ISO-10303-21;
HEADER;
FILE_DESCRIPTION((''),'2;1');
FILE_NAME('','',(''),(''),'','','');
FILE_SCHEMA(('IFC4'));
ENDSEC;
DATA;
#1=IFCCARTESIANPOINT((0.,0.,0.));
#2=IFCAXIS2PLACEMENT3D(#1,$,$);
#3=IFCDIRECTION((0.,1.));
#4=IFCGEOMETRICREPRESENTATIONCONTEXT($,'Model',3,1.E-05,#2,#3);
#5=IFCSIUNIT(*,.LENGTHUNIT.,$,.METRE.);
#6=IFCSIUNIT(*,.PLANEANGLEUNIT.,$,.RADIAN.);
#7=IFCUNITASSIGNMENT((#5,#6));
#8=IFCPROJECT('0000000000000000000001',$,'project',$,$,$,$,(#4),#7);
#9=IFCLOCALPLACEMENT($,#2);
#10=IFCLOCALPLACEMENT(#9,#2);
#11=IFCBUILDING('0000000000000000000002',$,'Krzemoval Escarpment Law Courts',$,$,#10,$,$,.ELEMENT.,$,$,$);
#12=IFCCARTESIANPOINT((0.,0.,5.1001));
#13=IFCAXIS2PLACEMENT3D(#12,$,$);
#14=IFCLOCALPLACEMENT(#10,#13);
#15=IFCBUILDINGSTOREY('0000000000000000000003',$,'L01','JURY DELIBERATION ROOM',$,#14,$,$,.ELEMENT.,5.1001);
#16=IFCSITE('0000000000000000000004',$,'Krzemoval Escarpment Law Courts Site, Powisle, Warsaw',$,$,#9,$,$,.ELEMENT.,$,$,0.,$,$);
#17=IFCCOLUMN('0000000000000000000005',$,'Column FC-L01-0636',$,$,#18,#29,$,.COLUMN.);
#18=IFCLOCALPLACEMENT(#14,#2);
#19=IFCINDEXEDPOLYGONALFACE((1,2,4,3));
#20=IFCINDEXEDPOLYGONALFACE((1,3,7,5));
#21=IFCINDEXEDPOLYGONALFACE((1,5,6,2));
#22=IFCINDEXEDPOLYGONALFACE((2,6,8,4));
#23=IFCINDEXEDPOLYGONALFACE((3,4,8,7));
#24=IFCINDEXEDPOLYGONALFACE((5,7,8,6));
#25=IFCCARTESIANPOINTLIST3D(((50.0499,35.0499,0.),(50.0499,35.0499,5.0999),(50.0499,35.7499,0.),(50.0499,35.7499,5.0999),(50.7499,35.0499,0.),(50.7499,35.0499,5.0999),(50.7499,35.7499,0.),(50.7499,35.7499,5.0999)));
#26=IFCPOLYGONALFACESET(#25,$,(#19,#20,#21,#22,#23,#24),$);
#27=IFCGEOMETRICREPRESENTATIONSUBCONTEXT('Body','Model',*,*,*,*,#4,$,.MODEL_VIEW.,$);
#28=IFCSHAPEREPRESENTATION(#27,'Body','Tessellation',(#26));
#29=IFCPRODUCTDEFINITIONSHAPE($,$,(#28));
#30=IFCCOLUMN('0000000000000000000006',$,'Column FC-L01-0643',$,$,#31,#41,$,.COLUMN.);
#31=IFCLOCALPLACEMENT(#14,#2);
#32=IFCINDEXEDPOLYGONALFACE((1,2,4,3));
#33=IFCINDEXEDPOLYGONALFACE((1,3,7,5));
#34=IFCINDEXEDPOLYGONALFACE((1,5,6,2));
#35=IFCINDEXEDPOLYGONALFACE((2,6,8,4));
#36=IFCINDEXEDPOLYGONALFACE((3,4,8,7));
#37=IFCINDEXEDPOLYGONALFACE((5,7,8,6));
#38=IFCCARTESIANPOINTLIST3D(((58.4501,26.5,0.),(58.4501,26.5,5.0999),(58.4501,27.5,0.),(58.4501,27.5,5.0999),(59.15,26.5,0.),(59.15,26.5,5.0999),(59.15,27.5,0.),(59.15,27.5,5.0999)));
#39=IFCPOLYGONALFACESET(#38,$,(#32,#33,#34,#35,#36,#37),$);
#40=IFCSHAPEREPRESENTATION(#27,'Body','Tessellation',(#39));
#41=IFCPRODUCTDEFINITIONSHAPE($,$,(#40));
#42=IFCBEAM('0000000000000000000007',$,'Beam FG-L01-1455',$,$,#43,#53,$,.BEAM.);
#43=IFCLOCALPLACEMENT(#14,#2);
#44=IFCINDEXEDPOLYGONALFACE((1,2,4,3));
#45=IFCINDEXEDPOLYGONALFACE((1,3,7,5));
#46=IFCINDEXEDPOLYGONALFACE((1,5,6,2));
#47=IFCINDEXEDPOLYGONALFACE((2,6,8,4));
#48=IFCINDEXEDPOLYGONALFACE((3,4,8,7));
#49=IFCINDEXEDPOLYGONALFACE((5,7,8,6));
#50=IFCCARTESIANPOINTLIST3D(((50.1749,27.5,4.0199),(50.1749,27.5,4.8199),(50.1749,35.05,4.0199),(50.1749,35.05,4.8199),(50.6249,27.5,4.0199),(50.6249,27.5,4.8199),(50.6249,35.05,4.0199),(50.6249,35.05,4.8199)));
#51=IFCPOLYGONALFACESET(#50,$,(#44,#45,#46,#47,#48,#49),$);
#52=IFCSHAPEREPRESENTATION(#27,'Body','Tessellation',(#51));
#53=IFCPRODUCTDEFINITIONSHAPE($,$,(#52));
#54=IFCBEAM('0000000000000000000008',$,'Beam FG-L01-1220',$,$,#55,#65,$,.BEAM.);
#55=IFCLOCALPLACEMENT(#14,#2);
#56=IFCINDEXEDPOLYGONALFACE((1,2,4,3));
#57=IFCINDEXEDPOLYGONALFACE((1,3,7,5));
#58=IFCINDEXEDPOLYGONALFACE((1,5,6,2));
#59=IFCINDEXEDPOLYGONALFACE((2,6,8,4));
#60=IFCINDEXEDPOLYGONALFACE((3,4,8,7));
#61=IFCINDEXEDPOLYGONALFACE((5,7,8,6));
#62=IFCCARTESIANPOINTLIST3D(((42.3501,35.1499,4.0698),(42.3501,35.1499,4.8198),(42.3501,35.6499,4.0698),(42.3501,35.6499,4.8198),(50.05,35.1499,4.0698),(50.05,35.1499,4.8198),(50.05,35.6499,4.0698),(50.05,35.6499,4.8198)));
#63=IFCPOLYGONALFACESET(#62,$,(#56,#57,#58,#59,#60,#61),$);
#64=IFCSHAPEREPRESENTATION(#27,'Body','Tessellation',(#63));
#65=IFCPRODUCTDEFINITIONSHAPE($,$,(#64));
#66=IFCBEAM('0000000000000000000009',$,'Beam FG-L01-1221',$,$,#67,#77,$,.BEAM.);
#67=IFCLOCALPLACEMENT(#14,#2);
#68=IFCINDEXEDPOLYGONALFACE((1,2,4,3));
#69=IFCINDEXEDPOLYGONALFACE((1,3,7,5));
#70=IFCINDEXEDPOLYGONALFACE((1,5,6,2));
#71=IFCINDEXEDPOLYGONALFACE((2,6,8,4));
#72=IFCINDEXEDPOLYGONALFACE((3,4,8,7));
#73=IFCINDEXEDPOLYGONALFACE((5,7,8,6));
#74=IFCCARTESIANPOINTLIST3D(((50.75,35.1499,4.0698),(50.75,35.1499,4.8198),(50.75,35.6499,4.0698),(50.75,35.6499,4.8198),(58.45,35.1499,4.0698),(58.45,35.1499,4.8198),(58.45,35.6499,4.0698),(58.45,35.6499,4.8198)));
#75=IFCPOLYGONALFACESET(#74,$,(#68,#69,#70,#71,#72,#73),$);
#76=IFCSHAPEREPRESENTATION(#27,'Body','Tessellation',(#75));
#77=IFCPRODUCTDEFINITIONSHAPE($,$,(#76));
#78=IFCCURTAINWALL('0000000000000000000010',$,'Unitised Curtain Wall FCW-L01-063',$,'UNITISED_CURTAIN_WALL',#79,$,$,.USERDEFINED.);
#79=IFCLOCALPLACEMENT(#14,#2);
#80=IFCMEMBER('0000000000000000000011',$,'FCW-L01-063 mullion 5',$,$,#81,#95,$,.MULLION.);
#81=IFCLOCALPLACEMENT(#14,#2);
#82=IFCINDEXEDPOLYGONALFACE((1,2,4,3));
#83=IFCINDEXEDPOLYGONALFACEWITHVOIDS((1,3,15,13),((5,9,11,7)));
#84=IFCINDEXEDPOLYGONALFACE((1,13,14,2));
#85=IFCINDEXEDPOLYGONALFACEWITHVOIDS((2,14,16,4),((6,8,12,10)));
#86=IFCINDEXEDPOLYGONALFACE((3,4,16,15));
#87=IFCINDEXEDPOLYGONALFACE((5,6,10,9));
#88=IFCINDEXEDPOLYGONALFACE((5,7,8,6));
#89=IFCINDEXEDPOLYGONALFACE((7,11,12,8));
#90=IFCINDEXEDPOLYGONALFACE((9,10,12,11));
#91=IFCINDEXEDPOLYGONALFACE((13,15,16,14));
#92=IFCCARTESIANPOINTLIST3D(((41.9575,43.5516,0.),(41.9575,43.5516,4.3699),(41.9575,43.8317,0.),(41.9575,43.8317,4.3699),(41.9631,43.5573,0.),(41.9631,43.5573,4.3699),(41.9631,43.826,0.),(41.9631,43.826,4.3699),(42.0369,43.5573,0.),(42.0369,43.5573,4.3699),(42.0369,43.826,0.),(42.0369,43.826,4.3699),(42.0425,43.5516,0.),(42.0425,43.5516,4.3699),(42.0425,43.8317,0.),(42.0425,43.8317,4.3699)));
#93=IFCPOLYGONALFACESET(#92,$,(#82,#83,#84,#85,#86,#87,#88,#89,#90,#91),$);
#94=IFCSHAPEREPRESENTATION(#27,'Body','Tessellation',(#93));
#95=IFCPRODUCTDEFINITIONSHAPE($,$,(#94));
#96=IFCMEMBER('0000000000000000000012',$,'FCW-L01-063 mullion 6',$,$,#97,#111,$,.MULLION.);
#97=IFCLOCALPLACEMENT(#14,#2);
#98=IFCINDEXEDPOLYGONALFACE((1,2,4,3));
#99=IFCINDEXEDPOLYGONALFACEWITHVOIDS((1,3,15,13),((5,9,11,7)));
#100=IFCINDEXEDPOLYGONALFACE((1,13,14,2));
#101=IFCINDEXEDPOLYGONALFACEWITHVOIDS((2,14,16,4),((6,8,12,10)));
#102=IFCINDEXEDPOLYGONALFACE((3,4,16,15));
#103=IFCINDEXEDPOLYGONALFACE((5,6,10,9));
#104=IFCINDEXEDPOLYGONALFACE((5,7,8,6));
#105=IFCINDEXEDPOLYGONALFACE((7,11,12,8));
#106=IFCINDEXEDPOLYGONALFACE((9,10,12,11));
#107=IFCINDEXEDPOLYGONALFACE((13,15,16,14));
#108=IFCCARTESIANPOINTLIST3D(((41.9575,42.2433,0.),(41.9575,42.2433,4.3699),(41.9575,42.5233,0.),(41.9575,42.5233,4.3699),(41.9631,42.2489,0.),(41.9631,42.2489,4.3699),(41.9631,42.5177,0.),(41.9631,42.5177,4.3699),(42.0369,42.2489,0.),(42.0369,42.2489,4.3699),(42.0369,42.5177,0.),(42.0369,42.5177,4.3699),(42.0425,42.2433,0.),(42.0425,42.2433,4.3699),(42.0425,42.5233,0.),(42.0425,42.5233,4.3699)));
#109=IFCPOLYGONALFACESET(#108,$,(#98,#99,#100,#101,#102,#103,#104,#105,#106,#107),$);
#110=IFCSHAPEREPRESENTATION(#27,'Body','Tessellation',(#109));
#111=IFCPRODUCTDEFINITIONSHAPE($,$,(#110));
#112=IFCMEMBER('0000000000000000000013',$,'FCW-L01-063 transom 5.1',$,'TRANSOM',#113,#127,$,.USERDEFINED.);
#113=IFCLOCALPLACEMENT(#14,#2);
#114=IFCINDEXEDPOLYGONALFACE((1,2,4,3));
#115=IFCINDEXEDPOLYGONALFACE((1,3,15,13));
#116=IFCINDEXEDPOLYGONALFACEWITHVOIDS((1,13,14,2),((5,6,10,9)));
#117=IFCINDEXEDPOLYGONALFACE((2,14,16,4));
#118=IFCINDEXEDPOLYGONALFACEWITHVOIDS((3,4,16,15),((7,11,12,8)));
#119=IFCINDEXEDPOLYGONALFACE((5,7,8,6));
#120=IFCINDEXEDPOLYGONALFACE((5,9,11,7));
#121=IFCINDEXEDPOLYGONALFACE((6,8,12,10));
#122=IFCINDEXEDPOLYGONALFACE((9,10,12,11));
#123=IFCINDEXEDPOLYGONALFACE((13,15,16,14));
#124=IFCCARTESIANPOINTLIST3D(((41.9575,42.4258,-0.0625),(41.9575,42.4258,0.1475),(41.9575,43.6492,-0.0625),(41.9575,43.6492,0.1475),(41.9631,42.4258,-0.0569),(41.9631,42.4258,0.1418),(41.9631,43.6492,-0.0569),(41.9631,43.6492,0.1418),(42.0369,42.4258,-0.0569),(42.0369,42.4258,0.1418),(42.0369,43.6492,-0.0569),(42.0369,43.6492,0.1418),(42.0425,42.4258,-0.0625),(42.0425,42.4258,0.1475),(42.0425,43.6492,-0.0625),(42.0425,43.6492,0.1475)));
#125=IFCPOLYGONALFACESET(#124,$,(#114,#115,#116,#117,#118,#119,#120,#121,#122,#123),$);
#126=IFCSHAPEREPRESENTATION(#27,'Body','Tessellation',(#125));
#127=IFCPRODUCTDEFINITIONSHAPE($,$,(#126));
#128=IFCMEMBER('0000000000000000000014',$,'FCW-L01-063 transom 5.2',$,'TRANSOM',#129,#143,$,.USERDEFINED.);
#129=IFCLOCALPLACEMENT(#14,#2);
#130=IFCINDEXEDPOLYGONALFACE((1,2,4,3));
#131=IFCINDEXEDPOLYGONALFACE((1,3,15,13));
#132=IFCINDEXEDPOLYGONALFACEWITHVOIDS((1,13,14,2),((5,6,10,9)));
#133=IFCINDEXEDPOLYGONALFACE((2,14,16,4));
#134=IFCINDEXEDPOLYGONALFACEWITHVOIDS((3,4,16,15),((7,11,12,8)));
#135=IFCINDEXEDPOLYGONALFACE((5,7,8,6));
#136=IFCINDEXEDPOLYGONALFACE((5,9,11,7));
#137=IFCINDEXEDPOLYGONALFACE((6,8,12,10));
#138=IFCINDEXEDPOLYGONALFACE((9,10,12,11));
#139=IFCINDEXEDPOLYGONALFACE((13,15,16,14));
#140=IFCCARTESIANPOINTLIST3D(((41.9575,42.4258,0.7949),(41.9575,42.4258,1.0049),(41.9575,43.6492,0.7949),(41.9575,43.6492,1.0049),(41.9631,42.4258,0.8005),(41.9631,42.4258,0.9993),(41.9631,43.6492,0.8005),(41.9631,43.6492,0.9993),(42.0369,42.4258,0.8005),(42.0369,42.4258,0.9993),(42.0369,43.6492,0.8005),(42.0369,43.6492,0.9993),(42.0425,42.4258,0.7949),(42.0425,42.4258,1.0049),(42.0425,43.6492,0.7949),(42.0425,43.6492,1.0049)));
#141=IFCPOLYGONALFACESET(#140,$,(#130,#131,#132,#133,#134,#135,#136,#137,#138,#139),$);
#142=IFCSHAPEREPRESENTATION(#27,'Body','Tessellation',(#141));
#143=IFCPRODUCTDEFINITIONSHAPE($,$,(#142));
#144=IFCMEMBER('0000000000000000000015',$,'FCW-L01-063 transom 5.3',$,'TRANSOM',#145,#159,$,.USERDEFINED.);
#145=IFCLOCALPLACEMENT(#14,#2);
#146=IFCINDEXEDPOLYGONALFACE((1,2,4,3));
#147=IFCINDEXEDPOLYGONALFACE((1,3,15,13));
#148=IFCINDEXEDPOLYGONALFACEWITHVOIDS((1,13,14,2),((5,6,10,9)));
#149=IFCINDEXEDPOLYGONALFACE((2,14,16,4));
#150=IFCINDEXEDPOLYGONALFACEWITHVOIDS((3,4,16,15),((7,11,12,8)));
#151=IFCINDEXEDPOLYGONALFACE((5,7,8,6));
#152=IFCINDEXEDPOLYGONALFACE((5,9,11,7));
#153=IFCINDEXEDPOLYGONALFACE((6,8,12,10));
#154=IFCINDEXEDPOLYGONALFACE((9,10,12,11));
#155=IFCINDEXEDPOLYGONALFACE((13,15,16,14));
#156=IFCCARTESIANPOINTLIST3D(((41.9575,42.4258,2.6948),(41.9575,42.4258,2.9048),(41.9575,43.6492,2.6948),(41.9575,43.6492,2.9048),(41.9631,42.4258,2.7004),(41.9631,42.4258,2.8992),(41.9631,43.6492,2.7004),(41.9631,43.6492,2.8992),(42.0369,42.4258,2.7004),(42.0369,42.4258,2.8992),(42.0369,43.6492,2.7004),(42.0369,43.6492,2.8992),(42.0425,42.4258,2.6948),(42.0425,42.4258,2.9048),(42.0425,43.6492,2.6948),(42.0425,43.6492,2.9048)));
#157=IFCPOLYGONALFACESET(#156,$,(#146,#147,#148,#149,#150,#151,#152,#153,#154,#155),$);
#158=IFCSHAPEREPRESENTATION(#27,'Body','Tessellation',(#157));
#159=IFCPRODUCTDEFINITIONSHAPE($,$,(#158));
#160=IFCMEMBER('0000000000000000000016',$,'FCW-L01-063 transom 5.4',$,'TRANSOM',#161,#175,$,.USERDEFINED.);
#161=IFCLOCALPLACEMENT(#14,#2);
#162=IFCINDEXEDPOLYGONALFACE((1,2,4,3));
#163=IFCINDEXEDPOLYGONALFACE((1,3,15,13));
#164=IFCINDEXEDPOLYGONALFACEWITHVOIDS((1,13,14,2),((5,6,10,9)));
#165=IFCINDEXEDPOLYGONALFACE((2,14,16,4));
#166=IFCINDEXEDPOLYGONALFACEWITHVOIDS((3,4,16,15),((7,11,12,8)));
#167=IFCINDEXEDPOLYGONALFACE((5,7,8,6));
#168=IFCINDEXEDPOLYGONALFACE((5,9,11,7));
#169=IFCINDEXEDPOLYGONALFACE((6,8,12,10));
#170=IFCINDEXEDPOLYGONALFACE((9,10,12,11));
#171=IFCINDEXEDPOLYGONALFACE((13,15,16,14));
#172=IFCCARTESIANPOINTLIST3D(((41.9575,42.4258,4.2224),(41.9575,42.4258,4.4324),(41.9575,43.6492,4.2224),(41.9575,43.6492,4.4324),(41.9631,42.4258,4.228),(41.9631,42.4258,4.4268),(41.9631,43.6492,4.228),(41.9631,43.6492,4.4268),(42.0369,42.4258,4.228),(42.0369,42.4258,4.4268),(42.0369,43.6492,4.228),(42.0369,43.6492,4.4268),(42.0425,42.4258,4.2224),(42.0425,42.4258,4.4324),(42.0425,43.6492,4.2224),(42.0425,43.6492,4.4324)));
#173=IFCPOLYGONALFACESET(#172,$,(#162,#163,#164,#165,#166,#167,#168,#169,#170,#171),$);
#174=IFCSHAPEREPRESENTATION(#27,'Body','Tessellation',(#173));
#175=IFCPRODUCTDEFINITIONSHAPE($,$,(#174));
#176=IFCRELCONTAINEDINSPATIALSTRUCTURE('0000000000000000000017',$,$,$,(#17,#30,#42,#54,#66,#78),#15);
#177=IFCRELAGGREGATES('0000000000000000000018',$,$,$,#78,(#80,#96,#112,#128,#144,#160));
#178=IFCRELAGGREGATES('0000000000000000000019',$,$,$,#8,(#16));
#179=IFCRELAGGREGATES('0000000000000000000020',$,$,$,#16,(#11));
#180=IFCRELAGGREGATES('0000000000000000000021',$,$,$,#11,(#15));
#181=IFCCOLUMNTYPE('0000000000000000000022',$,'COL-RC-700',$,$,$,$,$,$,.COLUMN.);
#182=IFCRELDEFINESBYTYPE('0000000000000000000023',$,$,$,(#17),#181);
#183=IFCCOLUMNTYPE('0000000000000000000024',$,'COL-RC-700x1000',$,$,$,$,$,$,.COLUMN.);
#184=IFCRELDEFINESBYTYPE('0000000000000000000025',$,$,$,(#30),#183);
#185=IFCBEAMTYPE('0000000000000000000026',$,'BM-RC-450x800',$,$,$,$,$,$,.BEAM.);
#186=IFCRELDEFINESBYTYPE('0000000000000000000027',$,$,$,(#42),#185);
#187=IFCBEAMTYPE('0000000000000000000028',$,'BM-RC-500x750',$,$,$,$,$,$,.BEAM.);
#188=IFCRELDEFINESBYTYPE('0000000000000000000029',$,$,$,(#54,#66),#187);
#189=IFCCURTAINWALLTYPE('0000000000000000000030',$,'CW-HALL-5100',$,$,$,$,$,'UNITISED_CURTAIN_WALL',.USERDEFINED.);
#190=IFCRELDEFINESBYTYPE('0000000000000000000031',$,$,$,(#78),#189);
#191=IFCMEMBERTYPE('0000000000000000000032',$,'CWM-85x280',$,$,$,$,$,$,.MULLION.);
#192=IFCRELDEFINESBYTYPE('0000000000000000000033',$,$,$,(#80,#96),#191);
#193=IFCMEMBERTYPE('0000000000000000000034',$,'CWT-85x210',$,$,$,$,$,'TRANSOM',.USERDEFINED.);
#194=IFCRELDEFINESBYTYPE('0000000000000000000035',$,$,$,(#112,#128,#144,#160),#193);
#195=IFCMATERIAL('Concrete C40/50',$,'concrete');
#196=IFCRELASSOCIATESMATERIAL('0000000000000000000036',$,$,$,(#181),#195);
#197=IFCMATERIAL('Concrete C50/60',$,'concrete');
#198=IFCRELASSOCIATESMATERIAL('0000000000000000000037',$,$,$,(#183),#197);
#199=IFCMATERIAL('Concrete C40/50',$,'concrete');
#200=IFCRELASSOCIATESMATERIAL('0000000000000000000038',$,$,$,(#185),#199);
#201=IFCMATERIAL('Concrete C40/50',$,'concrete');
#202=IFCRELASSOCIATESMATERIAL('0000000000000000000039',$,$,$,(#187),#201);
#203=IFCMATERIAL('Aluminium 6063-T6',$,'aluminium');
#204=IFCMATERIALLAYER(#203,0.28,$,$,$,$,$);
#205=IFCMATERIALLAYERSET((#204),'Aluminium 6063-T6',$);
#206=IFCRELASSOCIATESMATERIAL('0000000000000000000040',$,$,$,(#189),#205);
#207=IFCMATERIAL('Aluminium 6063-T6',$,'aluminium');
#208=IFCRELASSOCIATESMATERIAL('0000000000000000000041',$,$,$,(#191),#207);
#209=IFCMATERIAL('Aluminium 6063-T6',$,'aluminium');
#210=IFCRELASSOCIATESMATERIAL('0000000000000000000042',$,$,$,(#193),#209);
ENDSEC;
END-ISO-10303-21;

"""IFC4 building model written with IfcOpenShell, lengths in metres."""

from ifc_helpers import new_model, si_unit, direction, frame, origin, origin_2d, place, context, subcontext, project, spatial, rectangle, hollow_rectangle, extrude, material, layer, layer_set, material_profile, profile_set, type_object, element, aggregate, save


model = new_model("IFC4")

# Units and contexts
model_context = context("Model", 3, precision=1e-05, world=origin(), true_north=direction((0.0, 1.0)))
body_context = subcontext(model_context, "Body", "Model", "MODEL_VIEW")
ifc_project = project(units=[si_unit("LENGTHUNIT", "METRE"), si_unit("PLANEANGLEUNIT", "RADIAN")], contexts=[model_context])

# Site, building, storey
site_placement = place(None, origin())
site = spatial("IfcSite", under=ifc_project, at=site_placement, Name="Krzemoval Escarpment Law Courts Site, Powisle, Warsaw", CompositionType="ELEMENT", RefElevation=0.0)
building_placement = place(site_placement, origin())
building = spatial("IfcBuilding", under=site, at=building_placement, Name="Krzemoval Escarpment Law Courts", CompositionType="ELEMENT")
storey_placement = place(building_placement, frame((0.0, 0.0, 5.1001)))
storey = spatial("IfcBuildingStorey", under=building, at=storey_placement, Name="L01", Description="JURY DELIBERATION ROOM", CompositionType="ELEMENT", Elevation=5.1001)

# Columns
ifc_material_1 = material(Name="Concrete C40/50", Category="concrete")
ifc_material_profile_1 = material_profile(ifc_material_1, rectangle(XDim=0.7, YDim=0.7, at=origin_2d()), Name="RC 700x700")
ifc_profile_set_1 = profile_set([ifc_material_profile_1], Name="Concrete C40/50")
column_type_1 = type_object("IfcColumnType", Name="COL-RC-700", PredefinedType="COLUMN", material=ifc_profile_set_1)
column_1_placement = place(storey_placement, frame((50.3999, 35.3999, 0.0), z_axis=(0.0, 0.0, 1.0), x_axis=(1.0, 0.0, 0.0)))
element("IfcColumn", 1, at=column_1_placement, inside=storey, type_object=column_type_1, Name="Column FC-L01-0636", PredefinedType="COLUMN", context=body_context, shape_type="SweptSolid", body=[
    extrude(rectangle(XDim=0.7, YDim=0.7, at=origin_2d()), origin(), (0.0, 0.0, 1.0), 5.0999),
])
ifc_material_2 = material(Name="Concrete C50/60", Category="concrete")
ifc_material_profile_2 = material_profile(ifc_material_2, rectangle(XDim=0.7, YDim=1.0, at=origin_2d()), Name="RC 700x1000")
ifc_profile_set_2 = profile_set([ifc_material_profile_2], Name="Concrete C50/60")
column_type_2 = type_object("IfcColumnType", Name="COL-RC-700x1000", PredefinedType="COLUMN", material=ifc_profile_set_2)
column_2_placement = place(storey_placement, frame((58.8, 27.0, 0.0), z_axis=(0.0, 0.0, 1.0), x_axis=(1.0, 0.0, 0.0)))
element("IfcColumn", 2, at=column_2_placement, inside=storey, type_object=column_type_2, Name="Column FC-L01-0643", PredefinedType="COLUMN", context=body_context, shape_type="SweptSolid", body=[
    extrude(rectangle(XDim=0.7, YDim=1.0, at=origin_2d()), origin(), (0.0, 0.0, 1.0), 5.0999),
])

# Beams
ifc_material_3 = material(Name="Concrete C40/50", Category="concrete")
ifc_material_profile_3 = material_profile(ifc_material_3, rectangle(XDim=0.45, YDim=0.8, at=origin_2d()), Name="RCB 450x800")
ifc_profile_set_3 = profile_set([ifc_material_profile_3], Name="Concrete C40/50")
beam_type_1 = type_object("IfcBeamType", Name="BM-RC-450x800", PredefinedType="BEAM", material=ifc_profile_set_3)
beam_placement = place(storey_placement, frame((50.3999, 27.5, 4.4199), z_axis=(0.0, 1.0, 0.0), x_axis=(-1.0, 0.0, 0.0)))
element("IfcBeam", 3, at=beam_placement, inside=storey, type_object=beam_type_1, Name="Beam FG-L01-1455", PredefinedType="BEAM", context=body_context, shape_type="SweptSolid", body=[
    extrude(rectangle(XDim=0.45, YDim=0.8, at=origin_2d()), origin(), (0.0, 0.0, 1.0), 7.55),
])
ifc_material_4 = material(Name="Concrete C40/50", Category="concrete")
ifc_material_profile_4 = material_profile(ifc_material_4, rectangle(XDim=0.5, YDim=0.75, at=origin_2d()), Name="RCB 500x750")
ifc_profile_set_4 = profile_set([ifc_material_profile_4], Name="Concrete C40/50")
beam_type_2 = type_object("IfcBeamType", Name="BM-RC-500x750", PredefinedType="BEAM", material=ifc_profile_set_4)
for number, where, z_axis, x_axis, name in (
    (4, (42.3501, 35.3999, 4.4448), (1.0, 0.0, 0.0), (0.0, 1.0, 0.0), "Beam FG-L01-1220"),
    (5, (50.75, 35.3999, 4.4448), (1.0, 0.0, 0.0), (0.0, 1.0, 0.0), "Beam FG-L01-1221"),
):
    element("IfcBeam", number, at=place(storey_placement, frame(where, z_axis=z_axis, x_axis=x_axis)), inside=storey, type_object=beam_type_2, Name=name, PredefinedType="BEAM", context=body_context, shape_type="SweptSolid", body=[
        extrude(rectangle(XDim=0.5, YDim=0.75, at=origin_2d()), origin(), (0.0, 0.0, 1.0), 7.7),
    ])

# Curtain wall, members
ifc_material_5 = material(Name="Aluminium 6063-T6", Category="aluminium")
ifc_layer_1 = layer(ifc_material_5, 0.28)
ifc_layer_set_1 = layer_set([ifc_layer_1], Name="Aluminium 6063-T6")
curtain_wall_type = type_object("IfcCurtainWallType", Name="CW-HALL-5100", ElementType="UNITISED_CURTAIN_WALL", PredefinedType="USERDEFINED", material=ifc_layer_set_1)
curtain_wall_placement = place(storey_placement, origin())
curtain_wall = element("IfcCurtainWall", 6, at=curtain_wall_placement, inside=storey, type_object=curtain_wall_type, Name="Unitised Curtain Wall FCW-L01-063", ObjectType="UNITISED_CURTAIN_WALL", PredefinedType="USERDEFINED")
ifc_material_6 = material(Name="Aluminium 6063-T6", Category="aluminium")
ifc_material_profile_5 = material_profile(ifc_material_6, hollow_rectangle(XDim=0.085, YDim=0.28, WallThickness=0.0056, at=origin_2d()), Name="ALU M85x280")
ifc_profile_set_5 = profile_set([ifc_material_profile_5], Name="Aluminium 6063-T6")
member_type_1 = type_object("IfcMemberType", Name="CWM-85x280", PredefinedType="MULLION", material=ifc_profile_set_5)
member_1_placement = place(storey_placement, frame((42.0, 43.6917, 0.0), z_axis=(0.0, 0.0, 1.0), x_axis=(1.0, 0.0, 0.0)))
member_1 = element("IfcMember", 7, at=member_1_placement, type_object=member_type_1, Name="FCW-L01-063 mullion 5", PredefinedType="MULLION", context=body_context, shape_type="SweptSolid", body=[
    extrude(hollow_rectangle(XDim=0.085, YDim=0.28, WallThickness=0.0056, at=origin_2d()), origin(), (0.0, 0.0, 1.0), 4.3699),
])
member_2_placement = place(storey_placement, frame((42.0, 42.3833, 0.0), z_axis=(0.0, 0.0, 1.0), x_axis=(1.0, 0.0, 0.0)))
member_2 = element("IfcMember", 8, at=member_2_placement, type_object=member_type_1, Name="FCW-L01-063 mullion 6", PredefinedType="MULLION", context=body_context, shape_type="SweptSolid", body=[
    extrude(hollow_rectangle(XDim=0.085, YDim=0.28, WallThickness=0.0056, at=origin_2d()), origin(), (0.0, 0.0, 1.0), 4.3699),
])
ifc_material_7 = material(Name="Aluminium 6063-T6", Category="aluminium")
ifc_material_profile_6 = material_profile(ifc_material_7, hollow_rectangle(XDim=0.085, YDim=0.21, WallThickness=0.0056, at=origin_2d()), Name="ALU T85x210")
ifc_profile_set_6 = profile_set([ifc_material_profile_6], Name="Aluminium 6063-T6")
member_type_2 = type_object("IfcMemberType", Name="CWT-85x210", ElementType="TRANSOM", PredefinedType="USERDEFINED", material=ifc_profile_set_6)
member_3_placement = place(storey_placement, frame((42.0, 43.6492, 0.0425), z_axis=(0.0, -1.0, 0.0), x_axis=(1.0, 0.0, 0.0)))
member_3 = element("IfcMember", 9, at=member_3_placement, type_object=member_type_2, Name="FCW-L01-063 transom 5.1", ObjectType="TRANSOM", PredefinedType="USERDEFINED", context=body_context, shape_type="SweptSolid", body=[
    extrude(hollow_rectangle(XDim=0.085, YDim=0.21, WallThickness=0.0056, at=origin_2d()), origin(), (0.0, 0.0, 1.0), 1.2234),
])
member_4_placement = place(storey_placement, frame((42.0, 43.6492, 0.8999), z_axis=(0.0, -1.0, 0.0), x_axis=(1.0, 0.0, 0.0)))
member_4 = element("IfcMember", 10, at=member_4_placement, type_object=member_type_2, Name="FCW-L01-063 transom 5.2", ObjectType="TRANSOM", PredefinedType="USERDEFINED", context=body_context, shape_type="SweptSolid", body=[
    extrude(hollow_rectangle(XDim=0.085, YDim=0.21, WallThickness=0.0056, at=origin_2d()), origin(), (0.0, 0.0, 1.0), 1.2234),
])
member_5_placement = place(storey_placement, frame((42.0, 43.6492, 2.7998), z_axis=(0.0, -1.0, 0.0), x_axis=(1.0, 0.0, 0.0)))
member_5 = element("IfcMember", 11, at=member_5_placement, type_object=member_type_2, Name="FCW-L01-063 transom 5.3", ObjectType="TRANSOM", PredefinedType="USERDEFINED", context=body_context, shape_type="SweptSolid", body=[
    extrude(hollow_rectangle(XDim=0.085, YDim=0.21, WallThickness=0.0056, at=origin_2d()), origin(), (0.0, 0.0, 1.0), 1.2234),
])
member_6_placement = place(storey_placement, frame((42.0, 43.6492, 4.3274), z_axis=(0.0, -1.0, 0.0), x_axis=(1.0, 0.0, 0.0)))
member_6 = element("IfcMember", 12, at=member_6_placement, type_object=member_type_2, Name="FCW-L01-063 transom 5.4", ObjectType="TRANSOM", PredefinedType="USERDEFINED", context=body_context, shape_type="SweptSolid", body=[
    extrude(hollow_rectangle(XDim=0.085, YDim=0.21, WallThickness=0.0056, at=origin_2d()), origin(), (0.0, 0.0, 1.0), 1.2234),
])

aggregate(curtain_wall, [member_1, member_2, member_3, member_4, member_5, member_6])

save(model, "model.ifc")
